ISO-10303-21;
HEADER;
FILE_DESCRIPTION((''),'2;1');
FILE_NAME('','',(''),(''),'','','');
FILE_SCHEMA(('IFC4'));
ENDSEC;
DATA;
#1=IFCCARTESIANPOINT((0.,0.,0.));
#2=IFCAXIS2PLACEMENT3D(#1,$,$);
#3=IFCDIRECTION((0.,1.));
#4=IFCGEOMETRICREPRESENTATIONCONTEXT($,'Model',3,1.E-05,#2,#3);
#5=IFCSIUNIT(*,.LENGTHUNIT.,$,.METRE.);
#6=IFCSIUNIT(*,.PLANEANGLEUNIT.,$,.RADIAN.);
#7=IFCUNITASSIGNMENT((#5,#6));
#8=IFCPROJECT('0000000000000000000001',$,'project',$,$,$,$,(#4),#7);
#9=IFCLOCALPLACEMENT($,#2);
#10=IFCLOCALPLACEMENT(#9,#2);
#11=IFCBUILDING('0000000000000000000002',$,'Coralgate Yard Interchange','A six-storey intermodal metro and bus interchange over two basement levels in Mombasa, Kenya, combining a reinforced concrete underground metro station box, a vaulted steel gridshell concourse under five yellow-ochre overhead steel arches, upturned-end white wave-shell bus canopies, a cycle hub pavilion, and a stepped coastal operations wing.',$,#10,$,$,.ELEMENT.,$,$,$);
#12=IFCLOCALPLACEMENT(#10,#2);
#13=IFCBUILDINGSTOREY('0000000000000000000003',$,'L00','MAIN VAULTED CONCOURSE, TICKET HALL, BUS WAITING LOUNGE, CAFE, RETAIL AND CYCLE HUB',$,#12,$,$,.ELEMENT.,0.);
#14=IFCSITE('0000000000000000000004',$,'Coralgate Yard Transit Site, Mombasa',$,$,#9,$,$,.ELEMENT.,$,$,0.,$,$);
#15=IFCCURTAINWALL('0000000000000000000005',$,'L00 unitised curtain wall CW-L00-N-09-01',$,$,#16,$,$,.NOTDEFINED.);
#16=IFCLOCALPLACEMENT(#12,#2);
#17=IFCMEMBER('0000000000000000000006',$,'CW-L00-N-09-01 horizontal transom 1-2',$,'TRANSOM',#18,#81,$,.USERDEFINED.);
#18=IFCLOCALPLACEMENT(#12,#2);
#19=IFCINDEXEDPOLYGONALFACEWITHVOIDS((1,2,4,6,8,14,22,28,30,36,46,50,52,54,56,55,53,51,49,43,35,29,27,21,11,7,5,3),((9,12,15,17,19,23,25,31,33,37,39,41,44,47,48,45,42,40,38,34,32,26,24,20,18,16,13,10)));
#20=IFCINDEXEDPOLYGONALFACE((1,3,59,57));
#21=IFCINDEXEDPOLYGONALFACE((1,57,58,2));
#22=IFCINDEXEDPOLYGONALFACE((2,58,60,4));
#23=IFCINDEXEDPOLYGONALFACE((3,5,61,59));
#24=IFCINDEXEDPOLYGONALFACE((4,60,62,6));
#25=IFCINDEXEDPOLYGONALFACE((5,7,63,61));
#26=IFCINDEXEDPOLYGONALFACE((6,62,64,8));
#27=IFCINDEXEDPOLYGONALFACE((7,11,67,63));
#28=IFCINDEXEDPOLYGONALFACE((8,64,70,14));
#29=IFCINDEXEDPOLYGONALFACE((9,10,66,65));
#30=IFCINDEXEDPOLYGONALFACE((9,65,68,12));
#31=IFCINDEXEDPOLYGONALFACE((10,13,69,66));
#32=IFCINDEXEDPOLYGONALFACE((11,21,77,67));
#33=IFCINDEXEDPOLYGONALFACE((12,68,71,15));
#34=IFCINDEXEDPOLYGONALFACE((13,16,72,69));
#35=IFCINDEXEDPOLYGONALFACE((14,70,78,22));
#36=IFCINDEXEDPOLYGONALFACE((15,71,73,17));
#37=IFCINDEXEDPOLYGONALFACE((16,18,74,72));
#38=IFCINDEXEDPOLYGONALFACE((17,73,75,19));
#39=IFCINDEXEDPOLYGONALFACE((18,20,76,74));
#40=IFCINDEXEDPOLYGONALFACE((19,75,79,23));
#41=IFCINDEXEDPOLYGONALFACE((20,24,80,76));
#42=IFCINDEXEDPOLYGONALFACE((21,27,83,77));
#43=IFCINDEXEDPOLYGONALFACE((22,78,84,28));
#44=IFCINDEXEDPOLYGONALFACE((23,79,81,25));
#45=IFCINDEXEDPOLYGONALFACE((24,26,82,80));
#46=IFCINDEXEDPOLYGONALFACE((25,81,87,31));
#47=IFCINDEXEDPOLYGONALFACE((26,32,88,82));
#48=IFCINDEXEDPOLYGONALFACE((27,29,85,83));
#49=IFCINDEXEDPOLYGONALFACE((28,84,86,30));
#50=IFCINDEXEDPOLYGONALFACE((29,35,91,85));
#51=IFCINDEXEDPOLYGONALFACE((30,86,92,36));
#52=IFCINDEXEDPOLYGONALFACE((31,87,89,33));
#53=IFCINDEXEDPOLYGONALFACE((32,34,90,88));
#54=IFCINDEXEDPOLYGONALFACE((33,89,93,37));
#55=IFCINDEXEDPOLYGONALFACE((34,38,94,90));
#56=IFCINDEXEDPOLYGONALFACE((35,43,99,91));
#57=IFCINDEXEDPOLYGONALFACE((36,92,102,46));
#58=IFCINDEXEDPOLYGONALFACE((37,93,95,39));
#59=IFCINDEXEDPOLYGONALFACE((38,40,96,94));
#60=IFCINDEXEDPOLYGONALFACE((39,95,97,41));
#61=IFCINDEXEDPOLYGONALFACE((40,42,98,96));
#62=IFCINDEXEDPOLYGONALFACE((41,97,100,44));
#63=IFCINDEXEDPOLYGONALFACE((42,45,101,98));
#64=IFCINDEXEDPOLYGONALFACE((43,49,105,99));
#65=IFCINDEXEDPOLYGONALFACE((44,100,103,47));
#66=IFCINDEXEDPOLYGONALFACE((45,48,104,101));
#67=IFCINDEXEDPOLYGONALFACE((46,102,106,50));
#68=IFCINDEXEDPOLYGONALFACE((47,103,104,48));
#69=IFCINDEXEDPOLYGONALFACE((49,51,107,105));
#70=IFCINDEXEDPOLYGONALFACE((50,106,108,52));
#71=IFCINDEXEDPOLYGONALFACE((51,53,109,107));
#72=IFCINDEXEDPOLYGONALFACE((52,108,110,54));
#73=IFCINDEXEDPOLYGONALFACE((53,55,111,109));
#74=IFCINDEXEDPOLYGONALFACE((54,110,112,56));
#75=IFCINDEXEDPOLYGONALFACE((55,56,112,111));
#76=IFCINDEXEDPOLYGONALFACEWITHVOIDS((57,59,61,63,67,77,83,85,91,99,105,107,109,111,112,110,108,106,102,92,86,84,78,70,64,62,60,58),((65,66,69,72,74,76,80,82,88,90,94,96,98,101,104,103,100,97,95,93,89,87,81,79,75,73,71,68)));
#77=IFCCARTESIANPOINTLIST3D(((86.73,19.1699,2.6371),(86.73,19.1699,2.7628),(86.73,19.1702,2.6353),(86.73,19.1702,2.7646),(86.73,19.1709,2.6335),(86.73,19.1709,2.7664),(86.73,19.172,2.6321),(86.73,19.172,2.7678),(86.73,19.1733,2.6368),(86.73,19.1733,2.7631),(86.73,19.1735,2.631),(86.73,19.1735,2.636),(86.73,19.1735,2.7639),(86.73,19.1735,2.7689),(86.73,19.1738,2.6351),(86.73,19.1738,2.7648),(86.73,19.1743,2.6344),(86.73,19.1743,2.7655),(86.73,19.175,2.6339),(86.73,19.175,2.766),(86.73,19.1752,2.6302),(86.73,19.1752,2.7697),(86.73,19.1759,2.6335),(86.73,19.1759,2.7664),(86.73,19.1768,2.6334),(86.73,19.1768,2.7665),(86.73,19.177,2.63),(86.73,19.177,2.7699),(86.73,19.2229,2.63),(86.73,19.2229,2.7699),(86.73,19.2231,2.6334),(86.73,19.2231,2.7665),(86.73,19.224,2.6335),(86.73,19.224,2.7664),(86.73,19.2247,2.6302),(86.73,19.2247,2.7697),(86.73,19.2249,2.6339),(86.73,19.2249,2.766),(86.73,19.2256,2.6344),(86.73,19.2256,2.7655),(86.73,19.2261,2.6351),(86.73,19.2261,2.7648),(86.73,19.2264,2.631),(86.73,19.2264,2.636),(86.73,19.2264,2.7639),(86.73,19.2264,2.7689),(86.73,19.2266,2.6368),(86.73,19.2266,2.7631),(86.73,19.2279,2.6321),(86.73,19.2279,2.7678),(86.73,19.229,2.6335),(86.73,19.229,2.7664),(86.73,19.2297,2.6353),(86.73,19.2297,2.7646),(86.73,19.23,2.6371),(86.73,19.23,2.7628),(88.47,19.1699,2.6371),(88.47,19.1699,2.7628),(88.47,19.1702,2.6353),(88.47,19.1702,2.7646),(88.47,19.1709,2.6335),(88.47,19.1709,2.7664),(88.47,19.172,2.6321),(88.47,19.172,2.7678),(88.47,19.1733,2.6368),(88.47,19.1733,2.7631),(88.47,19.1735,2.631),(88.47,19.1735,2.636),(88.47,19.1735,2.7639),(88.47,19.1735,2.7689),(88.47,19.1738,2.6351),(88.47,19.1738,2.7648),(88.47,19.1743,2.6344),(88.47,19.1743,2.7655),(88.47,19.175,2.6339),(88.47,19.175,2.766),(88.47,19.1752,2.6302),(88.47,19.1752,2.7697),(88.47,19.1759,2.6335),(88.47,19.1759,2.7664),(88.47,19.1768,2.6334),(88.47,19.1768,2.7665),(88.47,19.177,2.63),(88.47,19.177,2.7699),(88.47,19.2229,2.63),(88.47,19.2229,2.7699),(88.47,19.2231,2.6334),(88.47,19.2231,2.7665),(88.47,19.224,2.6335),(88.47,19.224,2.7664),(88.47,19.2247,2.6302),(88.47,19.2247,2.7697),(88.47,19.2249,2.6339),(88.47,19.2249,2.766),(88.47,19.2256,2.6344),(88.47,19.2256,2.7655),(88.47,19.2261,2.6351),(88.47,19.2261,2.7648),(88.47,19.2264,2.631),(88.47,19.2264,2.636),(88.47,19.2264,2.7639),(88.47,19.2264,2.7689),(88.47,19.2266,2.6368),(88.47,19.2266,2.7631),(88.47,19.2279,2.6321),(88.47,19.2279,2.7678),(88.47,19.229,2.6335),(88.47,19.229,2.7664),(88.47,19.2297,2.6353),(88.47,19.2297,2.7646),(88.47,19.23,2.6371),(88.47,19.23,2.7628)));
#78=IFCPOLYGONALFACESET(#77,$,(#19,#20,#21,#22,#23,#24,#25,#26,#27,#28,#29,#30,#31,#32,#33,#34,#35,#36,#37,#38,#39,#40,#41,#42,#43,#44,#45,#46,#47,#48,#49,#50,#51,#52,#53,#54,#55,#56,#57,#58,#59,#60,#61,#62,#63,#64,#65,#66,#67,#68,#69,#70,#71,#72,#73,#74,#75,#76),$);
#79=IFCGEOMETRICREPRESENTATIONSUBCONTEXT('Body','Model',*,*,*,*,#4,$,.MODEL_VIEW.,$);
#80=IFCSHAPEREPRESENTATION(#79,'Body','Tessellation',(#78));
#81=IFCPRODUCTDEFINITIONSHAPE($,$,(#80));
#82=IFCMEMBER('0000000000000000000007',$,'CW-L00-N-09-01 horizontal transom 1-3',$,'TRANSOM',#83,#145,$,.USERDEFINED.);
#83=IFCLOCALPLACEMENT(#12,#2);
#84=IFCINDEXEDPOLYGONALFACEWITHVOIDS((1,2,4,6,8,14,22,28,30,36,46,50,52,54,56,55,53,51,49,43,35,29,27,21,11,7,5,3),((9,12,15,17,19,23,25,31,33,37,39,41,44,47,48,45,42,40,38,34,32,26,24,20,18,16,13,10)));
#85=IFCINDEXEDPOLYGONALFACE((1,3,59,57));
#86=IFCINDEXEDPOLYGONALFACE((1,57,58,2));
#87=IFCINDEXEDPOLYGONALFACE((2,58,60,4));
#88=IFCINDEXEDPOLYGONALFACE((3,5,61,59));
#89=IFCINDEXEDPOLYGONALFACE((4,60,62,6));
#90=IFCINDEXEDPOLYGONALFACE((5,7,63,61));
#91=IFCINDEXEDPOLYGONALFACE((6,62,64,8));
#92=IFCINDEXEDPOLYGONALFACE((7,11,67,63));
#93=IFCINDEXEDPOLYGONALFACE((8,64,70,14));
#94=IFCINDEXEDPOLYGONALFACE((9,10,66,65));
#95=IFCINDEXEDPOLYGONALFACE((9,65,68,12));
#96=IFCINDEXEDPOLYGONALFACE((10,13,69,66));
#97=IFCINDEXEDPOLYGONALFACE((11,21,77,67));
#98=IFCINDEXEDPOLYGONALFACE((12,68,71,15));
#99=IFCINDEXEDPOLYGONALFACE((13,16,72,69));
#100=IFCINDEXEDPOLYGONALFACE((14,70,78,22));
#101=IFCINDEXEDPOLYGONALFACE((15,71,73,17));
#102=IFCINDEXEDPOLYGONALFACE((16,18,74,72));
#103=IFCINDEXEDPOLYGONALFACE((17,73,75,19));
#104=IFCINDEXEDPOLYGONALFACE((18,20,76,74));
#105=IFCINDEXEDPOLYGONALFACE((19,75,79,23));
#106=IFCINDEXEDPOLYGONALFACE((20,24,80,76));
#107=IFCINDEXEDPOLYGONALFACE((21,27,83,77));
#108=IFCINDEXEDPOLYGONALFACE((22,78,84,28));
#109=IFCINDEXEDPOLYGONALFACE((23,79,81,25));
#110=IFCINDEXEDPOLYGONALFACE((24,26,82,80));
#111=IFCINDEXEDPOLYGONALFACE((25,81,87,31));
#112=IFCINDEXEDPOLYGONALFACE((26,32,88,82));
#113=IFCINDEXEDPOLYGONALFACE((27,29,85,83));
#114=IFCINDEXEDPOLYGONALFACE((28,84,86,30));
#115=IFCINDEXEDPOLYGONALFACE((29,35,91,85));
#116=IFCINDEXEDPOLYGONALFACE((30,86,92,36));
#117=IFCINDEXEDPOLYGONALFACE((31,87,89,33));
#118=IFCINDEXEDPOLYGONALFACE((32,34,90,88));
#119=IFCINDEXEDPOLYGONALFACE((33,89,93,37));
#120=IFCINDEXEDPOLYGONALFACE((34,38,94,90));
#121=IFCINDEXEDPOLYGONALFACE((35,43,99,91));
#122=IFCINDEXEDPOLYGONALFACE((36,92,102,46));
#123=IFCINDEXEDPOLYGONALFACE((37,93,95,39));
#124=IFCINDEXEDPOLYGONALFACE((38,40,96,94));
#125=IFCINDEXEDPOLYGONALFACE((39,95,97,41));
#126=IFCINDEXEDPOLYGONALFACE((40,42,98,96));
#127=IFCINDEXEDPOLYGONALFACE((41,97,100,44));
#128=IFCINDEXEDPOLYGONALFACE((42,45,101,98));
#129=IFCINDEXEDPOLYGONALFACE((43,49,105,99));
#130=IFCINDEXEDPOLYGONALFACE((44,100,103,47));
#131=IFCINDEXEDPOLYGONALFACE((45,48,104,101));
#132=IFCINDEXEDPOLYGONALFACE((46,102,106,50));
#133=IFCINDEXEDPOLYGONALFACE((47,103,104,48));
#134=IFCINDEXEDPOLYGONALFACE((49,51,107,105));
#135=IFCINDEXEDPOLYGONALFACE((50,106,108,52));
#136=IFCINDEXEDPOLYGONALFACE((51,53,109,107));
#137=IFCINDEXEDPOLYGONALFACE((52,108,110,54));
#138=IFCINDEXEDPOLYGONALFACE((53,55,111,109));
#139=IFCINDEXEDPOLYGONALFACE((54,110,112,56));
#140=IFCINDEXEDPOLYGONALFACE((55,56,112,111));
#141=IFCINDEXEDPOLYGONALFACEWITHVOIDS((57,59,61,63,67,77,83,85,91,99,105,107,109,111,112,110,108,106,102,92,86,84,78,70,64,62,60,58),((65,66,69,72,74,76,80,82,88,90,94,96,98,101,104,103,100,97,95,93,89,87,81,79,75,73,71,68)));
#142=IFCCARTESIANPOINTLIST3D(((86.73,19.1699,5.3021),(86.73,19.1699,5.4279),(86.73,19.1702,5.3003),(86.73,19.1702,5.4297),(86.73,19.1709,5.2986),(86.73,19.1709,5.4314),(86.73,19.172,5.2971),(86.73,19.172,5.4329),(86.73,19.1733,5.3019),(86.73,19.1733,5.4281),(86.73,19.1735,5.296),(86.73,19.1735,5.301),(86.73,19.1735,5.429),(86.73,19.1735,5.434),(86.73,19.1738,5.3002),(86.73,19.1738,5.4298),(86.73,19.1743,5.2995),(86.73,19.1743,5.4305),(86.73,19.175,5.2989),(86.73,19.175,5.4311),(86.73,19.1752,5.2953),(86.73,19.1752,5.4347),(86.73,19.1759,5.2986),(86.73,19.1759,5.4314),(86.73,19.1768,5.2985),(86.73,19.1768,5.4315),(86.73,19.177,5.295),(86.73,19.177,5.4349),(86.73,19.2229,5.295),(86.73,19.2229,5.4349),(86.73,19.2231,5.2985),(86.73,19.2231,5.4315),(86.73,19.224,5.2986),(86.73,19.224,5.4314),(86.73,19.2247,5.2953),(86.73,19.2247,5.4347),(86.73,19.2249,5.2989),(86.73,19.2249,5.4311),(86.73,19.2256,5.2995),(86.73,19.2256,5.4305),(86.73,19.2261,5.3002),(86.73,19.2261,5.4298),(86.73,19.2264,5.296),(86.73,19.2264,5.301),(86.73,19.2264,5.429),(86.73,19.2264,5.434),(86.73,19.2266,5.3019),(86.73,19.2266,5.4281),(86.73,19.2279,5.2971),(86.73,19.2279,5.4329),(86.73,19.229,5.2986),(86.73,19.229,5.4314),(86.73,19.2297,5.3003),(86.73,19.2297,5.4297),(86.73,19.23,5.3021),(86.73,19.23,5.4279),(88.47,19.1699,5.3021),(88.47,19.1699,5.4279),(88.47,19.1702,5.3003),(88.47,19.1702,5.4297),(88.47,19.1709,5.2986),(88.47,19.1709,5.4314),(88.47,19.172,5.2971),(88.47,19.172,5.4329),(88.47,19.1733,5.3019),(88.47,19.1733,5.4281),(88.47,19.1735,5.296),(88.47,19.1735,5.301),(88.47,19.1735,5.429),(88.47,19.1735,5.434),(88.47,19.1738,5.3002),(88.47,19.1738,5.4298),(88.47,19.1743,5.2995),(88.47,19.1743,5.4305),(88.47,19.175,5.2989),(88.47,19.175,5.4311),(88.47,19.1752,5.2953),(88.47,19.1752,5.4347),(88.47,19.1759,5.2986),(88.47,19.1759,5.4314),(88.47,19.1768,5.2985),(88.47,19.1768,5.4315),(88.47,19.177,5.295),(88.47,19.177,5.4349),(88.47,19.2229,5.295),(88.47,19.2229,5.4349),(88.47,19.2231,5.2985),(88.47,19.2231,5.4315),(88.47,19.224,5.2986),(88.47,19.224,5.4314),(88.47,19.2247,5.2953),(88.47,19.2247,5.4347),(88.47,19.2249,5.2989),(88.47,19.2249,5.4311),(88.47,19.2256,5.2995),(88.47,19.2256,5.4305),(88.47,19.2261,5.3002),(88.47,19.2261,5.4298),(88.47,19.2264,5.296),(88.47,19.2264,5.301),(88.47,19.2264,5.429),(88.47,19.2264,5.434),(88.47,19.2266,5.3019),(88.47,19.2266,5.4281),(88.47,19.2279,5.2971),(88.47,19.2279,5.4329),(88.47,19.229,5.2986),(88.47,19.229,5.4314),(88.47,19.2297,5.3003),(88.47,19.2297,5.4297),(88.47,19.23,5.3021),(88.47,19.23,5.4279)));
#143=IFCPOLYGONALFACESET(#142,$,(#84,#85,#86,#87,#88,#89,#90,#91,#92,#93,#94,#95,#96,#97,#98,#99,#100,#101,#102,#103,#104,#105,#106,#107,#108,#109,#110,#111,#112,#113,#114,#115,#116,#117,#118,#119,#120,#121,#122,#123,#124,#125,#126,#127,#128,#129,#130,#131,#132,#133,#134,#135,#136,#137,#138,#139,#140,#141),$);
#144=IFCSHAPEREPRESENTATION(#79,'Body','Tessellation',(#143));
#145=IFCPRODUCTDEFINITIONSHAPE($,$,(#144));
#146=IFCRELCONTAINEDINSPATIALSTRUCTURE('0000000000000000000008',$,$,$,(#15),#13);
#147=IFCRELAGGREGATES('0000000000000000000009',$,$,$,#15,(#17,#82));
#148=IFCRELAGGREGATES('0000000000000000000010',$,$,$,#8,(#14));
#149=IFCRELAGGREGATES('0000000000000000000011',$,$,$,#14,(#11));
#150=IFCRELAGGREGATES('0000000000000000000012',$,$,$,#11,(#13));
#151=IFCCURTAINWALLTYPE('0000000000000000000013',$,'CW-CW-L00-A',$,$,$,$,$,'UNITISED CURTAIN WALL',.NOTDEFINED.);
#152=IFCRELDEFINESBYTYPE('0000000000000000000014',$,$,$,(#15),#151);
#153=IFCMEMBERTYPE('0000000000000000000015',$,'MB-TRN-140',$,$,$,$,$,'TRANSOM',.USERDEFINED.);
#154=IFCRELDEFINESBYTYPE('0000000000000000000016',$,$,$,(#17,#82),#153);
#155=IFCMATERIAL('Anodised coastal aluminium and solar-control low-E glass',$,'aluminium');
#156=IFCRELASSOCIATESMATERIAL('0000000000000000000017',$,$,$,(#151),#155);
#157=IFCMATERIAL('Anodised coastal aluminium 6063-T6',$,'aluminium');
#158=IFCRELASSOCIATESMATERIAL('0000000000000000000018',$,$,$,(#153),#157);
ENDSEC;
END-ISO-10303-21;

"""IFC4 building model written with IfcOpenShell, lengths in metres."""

from ifc_helpers import new_model, si_unit, direction, frame, origin, origin_2d, place, context, subcontext, project, spatial, hollow_rectangle, extrude, material, material_profile, profile_set, type_object, element, aggregate, save


model = new_model("IFC4")

# Units and contexts
model_context = context("Model", 3, precision=1e-05, world=origin(), true_north=direction((0.0, 1.0)))
body_context = subcontext(model_context, "Body", "Model", "MODEL_VIEW")
ifc_project = project(units=[si_unit("LENGTHUNIT", "METRE"), si_unit("PLANEANGLEUNIT", "RADIAN")], contexts=[model_context])

# Site, building, storey
site_placement = place(None, origin())
site = spatial("IfcSite", under=ifc_project, at=site_placement, Name="Coralgate Yard Transit Site, Mombasa", CompositionType="ELEMENT", RefElevation=0.0)
building_placement = place(site_placement, origin())
building = spatial("IfcBuilding", under=site, at=building_placement, Name="Coralgate Yard Interchange", Description="A six-storey intermodal metro and bus interchange over two basement levels in Mombasa, Kenya, combining a reinforced concrete underground metro station box, a vaulted steel gridshell concourse under five yellow-ochre overhead steel arches, upturned-end white wave-shell bus canopies, a cycle hub pavilion, and a stepped coastal operations wing.", CompositionType="ELEMENT")
storey_placement = place(building_placement, origin())
storey = spatial("IfcBuildingStorey", under=building, at=storey_placement, Name="L00", Description="MAIN VAULTED CONCOURSE, TICKET HALL, BUS WAITING LOUNGE, CAFE, RETAIL AND CYCLE HUB", CompositionType="ELEMENT", Elevation=0.0)

# Shared definitions
ifc_material_1 = material(Name="Anodised coastal aluminium and solar-control low-E glass", Category="aluminium")
ifc_material_2 = material(Name="Anodised coastal aluminium 6063-T6", Category="aluminium")

# Curtain wall
curtain_wall_type_1 = type_object("IfcCurtainWallType", Name="CW-CW-L00-A", ElementType="UNITISED CURTAIN WALL", PredefinedType="NOTDEFINED", material=ifc_material_1)
curtain_wall_1_placement = place(storey_placement, origin())
curtain_wall_1 = element("IfcCurtainWall", 1, at=curtain_wall_1_placement, inside=storey, type_object=curtain_wall_type_1, Name="L00 unitised curtain wall CW-L00-N-09-01", PredefinedType="NOTDEFINED")

# Members
ifc_material_profile_1 = material_profile(ifc_material_2, hollow_rectangle(XDim=0.0601, YDim=0.1399, WallThickness=0.0034, InnerFilletRadius=0.0034, OuterFilletRadius=0.0071, at=origin_2d()), Name="ALU 60x140x3.5")
ifc_profile_set_1 = profile_set([ifc_material_profile_1], Name="Anodised coastal aluminium 6063-T6")
member_type_1 = type_object("IfcMemberType", Name="MB-TRN-140", ElementType="TRANSOM", PredefinedType="USERDEFINED", material=ifc_profile_set_1)
member_1_placement = place(storey_placement, frame((86.73, 19.2, 2.7), z_axis=(1.0, 0.0, 0.0), x_axis=(0.0, 1.0, 0.0)))
member_1 = element("IfcMember", 2, at=member_1_placement, type_object=member_type_1, Name="CW-L00-N-09-01 horizontal transom 1-2", ObjectType="TRANSOM", PredefinedType="USERDEFINED", context=body_context, shape_type="SweptSolid", body=[
    extrude(hollow_rectangle(XDim=0.0601, YDim=0.1399, WallThickness=0.0034, InnerFilletRadius=0.0034, OuterFilletRadius=0.0071, at=origin_2d()), origin(), (0.0, 0.0, 1.0), 1.74),
])
member_2_placement = place(storey_placement, frame((86.73, 19.2, 5.365), z_axis=(1.0, 0.0, 0.0), x_axis=(0.0, 1.0, 0.0)))
member_2 = element("IfcMember", 3, at=member_2_placement, type_object=member_type_1, Name="CW-L00-N-09-01 horizontal transom 1-3", ObjectType="TRANSOM", PredefinedType="USERDEFINED", context=body_context, shape_type="SweptSolid", body=[
    extrude(hollow_rectangle(XDim=0.0601, YDim=0.1399, WallThickness=0.0034, InnerFilletRadius=0.0034, OuterFilletRadius=0.0071, at=origin_2d()), origin(), (0.0, 0.0, 1.0), 1.74),
])

aggregate(curtain_wall_1, [member_1, member_2])

save(model, "model.ifc")
